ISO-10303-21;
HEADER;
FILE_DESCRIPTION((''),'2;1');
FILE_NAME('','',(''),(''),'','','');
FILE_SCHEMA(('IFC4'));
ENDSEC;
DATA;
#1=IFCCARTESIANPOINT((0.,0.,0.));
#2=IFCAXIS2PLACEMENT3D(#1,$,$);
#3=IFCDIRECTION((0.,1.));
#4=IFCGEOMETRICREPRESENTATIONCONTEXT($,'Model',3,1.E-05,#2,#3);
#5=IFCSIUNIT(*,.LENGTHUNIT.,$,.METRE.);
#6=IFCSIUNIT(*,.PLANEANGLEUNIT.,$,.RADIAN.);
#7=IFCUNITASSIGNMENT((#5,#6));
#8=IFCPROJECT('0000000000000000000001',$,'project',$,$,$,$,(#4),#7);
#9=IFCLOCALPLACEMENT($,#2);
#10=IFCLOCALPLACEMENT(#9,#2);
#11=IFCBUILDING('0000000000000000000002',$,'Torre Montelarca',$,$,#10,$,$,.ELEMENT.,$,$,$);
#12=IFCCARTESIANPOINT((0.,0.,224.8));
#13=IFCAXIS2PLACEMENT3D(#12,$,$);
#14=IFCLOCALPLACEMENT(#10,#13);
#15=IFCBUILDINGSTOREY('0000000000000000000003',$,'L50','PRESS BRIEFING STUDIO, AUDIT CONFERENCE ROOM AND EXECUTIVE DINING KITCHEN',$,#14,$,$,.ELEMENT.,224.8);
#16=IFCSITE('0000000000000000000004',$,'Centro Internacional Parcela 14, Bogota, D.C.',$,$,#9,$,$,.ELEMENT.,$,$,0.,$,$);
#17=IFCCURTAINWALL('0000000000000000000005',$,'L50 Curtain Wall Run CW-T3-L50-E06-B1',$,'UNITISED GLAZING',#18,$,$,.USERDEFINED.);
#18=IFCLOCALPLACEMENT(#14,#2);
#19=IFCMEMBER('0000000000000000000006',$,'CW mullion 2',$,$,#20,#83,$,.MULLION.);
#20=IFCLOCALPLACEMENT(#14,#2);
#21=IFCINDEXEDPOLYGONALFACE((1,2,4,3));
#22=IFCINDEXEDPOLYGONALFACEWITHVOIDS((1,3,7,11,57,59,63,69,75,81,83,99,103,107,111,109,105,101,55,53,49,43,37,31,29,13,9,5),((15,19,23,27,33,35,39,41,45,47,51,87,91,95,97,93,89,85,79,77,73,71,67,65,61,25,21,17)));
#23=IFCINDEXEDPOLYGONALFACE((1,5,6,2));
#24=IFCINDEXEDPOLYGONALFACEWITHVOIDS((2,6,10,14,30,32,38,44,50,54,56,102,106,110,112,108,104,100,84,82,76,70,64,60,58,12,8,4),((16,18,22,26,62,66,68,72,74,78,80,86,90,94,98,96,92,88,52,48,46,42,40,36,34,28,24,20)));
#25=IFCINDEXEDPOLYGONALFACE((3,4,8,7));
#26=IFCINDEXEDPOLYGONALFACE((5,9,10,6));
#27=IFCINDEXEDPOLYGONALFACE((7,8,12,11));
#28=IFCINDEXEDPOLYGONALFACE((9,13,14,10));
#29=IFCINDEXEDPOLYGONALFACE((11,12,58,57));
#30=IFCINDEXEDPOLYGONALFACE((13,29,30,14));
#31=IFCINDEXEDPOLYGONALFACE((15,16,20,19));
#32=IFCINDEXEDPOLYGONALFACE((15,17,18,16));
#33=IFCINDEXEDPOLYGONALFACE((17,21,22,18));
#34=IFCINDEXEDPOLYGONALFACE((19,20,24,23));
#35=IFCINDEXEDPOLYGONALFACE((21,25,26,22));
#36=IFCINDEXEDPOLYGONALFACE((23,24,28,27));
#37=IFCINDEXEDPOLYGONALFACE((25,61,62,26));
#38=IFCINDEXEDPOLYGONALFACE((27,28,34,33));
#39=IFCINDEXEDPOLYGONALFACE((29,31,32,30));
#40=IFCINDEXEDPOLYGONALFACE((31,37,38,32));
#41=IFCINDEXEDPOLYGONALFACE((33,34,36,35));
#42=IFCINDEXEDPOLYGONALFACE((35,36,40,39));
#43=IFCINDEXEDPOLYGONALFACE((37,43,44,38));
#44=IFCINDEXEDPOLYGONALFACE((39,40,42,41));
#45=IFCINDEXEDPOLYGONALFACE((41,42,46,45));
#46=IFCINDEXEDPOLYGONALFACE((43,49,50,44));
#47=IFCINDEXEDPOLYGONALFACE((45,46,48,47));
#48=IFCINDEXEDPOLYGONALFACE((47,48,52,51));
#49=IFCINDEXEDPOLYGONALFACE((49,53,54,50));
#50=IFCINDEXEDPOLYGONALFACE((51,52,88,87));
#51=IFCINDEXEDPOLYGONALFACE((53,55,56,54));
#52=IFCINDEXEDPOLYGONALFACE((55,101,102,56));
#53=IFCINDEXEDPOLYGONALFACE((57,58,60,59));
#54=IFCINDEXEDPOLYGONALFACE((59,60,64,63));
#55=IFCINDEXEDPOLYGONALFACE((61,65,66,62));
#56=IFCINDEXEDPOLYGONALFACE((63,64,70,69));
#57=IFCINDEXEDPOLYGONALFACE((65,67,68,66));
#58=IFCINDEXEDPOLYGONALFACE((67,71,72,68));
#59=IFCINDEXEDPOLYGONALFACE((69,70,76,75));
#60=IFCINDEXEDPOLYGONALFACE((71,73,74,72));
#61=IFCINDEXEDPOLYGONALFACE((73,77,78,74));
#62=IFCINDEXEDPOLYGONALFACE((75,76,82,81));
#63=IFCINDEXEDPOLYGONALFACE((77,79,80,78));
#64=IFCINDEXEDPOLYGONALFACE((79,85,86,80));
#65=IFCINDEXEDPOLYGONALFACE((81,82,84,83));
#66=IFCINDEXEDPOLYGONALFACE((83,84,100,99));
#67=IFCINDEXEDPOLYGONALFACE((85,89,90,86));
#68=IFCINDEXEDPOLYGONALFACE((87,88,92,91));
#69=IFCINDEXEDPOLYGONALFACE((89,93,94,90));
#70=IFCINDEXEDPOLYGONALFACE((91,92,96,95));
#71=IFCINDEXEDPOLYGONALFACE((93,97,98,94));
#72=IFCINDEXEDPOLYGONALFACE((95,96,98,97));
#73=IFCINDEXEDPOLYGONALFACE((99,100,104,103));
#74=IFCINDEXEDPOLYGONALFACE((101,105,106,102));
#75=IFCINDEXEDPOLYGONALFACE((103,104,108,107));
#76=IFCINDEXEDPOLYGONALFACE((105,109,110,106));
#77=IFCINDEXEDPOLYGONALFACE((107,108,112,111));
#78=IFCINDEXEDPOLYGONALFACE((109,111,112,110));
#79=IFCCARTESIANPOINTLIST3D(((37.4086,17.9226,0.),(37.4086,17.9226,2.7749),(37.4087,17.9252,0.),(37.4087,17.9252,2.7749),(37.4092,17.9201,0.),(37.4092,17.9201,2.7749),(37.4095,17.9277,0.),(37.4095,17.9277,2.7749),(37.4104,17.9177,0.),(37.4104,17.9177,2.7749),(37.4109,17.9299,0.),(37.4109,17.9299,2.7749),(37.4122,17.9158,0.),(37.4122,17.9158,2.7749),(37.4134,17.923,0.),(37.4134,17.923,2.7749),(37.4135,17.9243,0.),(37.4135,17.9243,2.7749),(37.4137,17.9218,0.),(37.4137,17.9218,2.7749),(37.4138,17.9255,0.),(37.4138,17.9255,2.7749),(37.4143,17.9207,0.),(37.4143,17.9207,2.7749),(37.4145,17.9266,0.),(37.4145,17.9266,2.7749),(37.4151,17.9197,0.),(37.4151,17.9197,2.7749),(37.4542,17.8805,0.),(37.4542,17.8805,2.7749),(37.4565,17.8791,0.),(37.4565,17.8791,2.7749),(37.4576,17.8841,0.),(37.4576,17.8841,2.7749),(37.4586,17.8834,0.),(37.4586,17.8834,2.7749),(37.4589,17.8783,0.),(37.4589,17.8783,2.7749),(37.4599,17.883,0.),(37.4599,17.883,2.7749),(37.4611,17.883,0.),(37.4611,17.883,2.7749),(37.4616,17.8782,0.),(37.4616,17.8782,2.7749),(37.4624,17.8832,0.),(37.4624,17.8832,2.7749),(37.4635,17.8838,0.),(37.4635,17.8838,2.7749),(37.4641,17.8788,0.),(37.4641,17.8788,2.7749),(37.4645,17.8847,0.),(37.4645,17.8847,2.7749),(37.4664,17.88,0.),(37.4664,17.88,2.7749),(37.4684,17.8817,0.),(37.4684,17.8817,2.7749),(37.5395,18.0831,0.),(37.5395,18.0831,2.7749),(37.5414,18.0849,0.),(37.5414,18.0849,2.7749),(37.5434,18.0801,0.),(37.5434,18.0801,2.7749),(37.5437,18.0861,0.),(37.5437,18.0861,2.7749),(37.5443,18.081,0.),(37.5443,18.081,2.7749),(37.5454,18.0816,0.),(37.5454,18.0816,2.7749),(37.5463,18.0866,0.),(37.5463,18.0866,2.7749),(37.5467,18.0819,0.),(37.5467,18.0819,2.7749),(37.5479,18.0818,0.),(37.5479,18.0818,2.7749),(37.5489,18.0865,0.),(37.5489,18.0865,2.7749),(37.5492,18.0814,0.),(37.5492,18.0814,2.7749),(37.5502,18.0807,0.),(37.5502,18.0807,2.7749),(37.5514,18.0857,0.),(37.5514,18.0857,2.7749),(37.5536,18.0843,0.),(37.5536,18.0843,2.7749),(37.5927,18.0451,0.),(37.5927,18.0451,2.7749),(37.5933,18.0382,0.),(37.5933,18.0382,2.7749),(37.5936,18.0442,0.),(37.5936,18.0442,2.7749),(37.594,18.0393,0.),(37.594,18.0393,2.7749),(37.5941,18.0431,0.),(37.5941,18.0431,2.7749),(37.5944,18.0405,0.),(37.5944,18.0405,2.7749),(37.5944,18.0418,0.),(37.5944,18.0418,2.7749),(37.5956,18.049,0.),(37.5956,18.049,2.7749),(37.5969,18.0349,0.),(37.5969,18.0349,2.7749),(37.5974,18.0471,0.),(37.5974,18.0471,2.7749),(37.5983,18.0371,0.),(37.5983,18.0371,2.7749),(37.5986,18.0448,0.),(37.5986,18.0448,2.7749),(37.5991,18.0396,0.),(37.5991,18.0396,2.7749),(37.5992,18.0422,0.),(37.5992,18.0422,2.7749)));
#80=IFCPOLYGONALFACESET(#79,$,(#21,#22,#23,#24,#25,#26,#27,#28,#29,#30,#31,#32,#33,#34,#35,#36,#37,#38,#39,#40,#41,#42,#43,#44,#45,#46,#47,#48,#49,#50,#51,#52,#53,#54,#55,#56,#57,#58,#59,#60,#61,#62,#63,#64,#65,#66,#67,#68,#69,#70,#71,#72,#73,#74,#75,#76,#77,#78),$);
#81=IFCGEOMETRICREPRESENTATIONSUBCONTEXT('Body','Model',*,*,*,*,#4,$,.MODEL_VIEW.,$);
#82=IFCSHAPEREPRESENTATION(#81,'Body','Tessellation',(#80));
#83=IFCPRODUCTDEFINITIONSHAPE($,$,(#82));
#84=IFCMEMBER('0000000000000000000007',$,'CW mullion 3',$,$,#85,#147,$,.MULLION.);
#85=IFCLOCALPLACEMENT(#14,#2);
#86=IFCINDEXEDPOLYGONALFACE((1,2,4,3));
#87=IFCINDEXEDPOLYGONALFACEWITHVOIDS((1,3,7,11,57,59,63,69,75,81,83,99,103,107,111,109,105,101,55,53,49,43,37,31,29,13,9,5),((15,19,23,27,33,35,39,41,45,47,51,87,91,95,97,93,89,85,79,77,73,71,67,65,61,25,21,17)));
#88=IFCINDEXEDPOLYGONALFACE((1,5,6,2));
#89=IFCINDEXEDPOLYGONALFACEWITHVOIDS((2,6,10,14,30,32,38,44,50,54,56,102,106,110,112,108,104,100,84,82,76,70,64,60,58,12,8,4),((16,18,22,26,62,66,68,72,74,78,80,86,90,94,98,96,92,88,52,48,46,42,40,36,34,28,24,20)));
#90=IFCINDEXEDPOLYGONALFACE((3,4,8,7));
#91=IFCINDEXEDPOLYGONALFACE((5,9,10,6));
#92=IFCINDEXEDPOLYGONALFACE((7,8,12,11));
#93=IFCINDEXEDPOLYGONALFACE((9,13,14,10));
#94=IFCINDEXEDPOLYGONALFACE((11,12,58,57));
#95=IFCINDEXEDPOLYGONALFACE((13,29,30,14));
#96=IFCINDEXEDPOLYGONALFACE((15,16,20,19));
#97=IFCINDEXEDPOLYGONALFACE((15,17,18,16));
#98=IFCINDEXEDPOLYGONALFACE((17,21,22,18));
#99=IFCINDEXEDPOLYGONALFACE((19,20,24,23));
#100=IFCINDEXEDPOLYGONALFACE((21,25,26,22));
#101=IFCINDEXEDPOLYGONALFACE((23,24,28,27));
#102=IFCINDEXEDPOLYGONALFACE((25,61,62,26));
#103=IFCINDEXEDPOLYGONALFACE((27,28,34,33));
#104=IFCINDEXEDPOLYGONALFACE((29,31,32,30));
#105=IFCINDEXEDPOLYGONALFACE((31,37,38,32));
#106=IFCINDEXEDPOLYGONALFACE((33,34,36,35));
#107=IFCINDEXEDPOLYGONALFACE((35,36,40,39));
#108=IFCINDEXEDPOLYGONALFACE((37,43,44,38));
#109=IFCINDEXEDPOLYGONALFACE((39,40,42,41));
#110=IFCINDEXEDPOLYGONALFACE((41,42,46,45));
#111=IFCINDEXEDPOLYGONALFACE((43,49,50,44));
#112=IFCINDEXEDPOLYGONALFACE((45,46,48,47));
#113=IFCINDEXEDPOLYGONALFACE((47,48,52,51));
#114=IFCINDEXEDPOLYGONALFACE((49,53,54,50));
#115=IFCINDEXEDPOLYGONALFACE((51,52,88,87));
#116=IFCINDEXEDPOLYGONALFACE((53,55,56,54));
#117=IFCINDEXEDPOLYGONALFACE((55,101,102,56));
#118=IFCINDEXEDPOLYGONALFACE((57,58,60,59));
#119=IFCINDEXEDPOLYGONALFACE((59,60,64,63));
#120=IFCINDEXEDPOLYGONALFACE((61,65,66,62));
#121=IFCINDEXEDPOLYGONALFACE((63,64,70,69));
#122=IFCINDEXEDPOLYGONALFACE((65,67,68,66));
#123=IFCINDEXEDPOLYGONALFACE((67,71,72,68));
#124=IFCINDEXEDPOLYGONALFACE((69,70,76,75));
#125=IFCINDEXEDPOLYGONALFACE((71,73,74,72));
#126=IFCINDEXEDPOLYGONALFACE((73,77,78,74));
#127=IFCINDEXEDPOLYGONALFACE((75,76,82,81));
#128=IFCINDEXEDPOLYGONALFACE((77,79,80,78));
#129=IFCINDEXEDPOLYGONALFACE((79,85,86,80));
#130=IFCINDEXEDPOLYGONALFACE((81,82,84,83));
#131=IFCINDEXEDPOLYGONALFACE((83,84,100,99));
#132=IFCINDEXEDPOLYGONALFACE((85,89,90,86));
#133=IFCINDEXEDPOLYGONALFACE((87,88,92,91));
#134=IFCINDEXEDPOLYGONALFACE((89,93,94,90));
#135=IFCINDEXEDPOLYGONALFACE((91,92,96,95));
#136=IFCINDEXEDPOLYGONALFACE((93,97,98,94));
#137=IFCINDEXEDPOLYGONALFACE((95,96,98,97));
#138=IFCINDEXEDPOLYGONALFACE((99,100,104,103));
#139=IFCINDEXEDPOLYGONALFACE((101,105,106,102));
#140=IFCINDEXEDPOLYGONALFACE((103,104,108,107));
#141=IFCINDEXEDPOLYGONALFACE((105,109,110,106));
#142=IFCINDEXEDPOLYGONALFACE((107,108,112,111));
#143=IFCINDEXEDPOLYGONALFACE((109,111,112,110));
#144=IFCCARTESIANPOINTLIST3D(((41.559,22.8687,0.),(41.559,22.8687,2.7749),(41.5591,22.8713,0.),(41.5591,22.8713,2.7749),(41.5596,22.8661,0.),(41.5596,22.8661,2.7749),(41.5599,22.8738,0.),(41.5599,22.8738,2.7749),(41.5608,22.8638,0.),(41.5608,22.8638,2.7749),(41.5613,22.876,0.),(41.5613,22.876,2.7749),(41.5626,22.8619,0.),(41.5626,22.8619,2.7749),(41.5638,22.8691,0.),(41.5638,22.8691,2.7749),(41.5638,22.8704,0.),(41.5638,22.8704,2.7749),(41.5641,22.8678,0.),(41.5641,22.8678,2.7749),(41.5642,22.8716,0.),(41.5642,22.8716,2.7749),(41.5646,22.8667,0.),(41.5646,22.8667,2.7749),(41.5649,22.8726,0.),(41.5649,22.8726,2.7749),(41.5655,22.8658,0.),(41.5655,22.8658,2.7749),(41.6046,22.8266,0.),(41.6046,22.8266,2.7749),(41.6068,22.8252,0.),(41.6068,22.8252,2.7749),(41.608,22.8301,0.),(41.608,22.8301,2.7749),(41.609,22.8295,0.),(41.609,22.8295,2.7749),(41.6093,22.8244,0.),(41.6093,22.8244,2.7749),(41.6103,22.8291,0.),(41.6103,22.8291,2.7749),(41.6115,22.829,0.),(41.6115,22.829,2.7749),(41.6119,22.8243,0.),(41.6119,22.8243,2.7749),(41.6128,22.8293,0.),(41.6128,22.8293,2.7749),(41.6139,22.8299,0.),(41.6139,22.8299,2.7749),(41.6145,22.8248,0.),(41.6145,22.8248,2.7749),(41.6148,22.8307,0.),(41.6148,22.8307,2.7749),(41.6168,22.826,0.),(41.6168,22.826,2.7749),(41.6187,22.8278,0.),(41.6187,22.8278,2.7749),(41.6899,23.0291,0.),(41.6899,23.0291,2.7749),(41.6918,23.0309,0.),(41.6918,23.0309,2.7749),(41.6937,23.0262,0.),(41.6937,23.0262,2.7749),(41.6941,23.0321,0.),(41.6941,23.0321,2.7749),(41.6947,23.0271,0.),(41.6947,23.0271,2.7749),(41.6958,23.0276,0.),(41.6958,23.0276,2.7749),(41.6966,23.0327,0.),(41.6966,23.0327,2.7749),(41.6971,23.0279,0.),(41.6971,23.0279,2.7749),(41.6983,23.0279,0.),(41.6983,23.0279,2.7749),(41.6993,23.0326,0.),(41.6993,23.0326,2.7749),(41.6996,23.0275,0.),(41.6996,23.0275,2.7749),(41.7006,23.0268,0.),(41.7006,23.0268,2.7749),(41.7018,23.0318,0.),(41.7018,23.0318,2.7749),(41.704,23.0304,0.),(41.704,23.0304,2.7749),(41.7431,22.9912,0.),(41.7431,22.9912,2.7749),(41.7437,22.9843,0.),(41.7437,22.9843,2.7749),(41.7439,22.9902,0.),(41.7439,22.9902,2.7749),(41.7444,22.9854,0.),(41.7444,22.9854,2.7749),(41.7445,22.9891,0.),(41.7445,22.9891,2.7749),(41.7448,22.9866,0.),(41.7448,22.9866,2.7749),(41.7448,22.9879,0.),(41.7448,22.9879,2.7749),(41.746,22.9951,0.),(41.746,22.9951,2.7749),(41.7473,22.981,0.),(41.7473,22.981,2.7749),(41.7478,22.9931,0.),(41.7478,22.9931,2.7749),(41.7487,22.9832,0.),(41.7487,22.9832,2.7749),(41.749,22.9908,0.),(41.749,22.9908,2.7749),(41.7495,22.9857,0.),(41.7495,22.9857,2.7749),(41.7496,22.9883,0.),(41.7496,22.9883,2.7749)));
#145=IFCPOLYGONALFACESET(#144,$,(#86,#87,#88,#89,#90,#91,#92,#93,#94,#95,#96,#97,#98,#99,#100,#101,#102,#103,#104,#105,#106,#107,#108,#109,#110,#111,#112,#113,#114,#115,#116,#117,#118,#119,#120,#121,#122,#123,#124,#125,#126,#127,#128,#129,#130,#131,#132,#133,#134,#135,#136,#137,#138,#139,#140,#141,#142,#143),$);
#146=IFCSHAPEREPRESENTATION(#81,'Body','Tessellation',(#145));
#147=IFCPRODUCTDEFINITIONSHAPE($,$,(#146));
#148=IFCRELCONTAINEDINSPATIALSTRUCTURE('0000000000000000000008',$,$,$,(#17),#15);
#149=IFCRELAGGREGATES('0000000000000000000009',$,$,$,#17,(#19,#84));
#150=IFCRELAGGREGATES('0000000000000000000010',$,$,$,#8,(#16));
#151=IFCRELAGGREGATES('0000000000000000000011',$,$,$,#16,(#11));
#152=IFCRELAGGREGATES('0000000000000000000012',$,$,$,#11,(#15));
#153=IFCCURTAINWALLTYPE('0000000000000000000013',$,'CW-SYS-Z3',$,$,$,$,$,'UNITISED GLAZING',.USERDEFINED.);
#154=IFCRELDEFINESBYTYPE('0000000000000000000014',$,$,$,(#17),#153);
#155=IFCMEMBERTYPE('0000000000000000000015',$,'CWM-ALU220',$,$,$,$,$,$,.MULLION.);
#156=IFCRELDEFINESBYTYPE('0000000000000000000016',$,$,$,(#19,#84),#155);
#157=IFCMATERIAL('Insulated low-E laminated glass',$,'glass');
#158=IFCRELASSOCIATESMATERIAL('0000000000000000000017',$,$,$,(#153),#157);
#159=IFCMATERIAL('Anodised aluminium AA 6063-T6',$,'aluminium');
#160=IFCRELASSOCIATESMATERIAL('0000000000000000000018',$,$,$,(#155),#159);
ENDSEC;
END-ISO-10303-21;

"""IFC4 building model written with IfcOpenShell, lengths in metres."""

from ifc_helpers import new_model, si_unit, direction, frame, origin, origin_2d, place, context, subcontext, project, spatial, hollow_rectangle, extrude, source, transform, mapped, material, material_profile, profile_set, type_object, element, aggregate, save


model = new_model("IFC4")

# Units and contexts
model_context = context("Model", 3, precision=1e-05, world=origin(), true_north=direction((0.0, 1.0)))
body_context = subcontext(model_context, "Body", "Model", "MODEL_VIEW")
ifc_project = project(units=[si_unit("LENGTHUNIT", "METRE"), si_unit("PLANEANGLEUNIT", "RADIAN")], contexts=[model_context])

# Site, building, storey
site_placement = place(None, origin())
site = spatial("IfcSite", under=ifc_project, at=site_placement, Name="Centro Internacional Parcela 14, Bogota, D.C.", CompositionType="ELEMENT", RefElevation=0.0)
building_placement = place(site_placement, origin())
building = spatial("IfcBuilding", under=site, at=building_placement, Name="Torre Montelarca", CompositionType="ELEMENT")
storey_placement = place(building_placement, frame((0.0, 0.0, 224.8)))
storey = spatial("IfcBuildingStorey", under=building, at=storey_placement, Name="L50", Description="PRESS BRIEFING STUDIO, AUDIT CONFERENCE ROOM AND EXECUTIVE DINING KITCHEN", CompositionType="ELEMENT", Elevation=224.8)

# Curtain wall, members
ifc_material_1 = material(Name="Insulated low-E laminated glass", Category="glass")
curtain_wall_type = type_object("IfcCurtainWallType", Name="CW-SYS-Z3", ElementType="UNITISED GLAZING", PredefinedType="USERDEFINED", material=ifc_material_1)
ifc_material_2 = material(Name="Anodised aluminium AA 6063-T6", Category="aluminium")
ifc_material_profile_1 = material_profile(ifc_material_2, hollow_rectangle(XDim=0.075, YDim=0.22, WallThickness=0.0049, InnerFilletRadius=0.0049, OuterFilletRadius=0.01, at=origin_2d()), Name="ALU75X220X5", Category="aluminium")
ifc_profile_set_1 = profile_set([ifc_material_profile_1], Name="Anodised aluminium AA 6063-T6")
member_type_1 = type_object("IfcMemberType", Name="CWM-ALU220", PredefinedType="MULLION", material=ifc_profile_set_1)
curtain_wall_1_placement = place(storey_placement, origin())
curtain_wall_1 = element("IfcCurtainWall", 1, at=curtain_wall_1_placement, inside=storey, type_object=curtain_wall_type, Name="L50 Curtain Wall Run CW-T3-L50-E06-B1", ObjectType="UNITISED GLAZING", PredefinedType="USERDEFINED")
shared_shape_1 = source(origin(), body_context, "Body", "SweptSolid", [
    extrude(hollow_rectangle(XDim=0.075, YDim=0.22, WallThickness=0.0049, InnerFilletRadius=0.0049, OuterFilletRadius=0.01, at=origin_2d()), origin(), (0.0, 0.0, 1.0), 2.7749),
])
member_1_placement = place(storey_placement, frame((37.5039, 17.9824, 0.0), z_axis=(0.0, 0.0, 1.0), x_axis=(-0.766041, 0.642791, 0.0)))
member_1 = element("IfcMember", 2, at=member_1_placement, type_object=member_type_1, Name="CW mullion 2", PredefinedType="MULLION", context=body_context, shape_type="MappedRepresentation", body=[
    mapped(shared_shape_1, transform((0.0, 0.0, 0.0), scale=1.0)),
])
member_2_placement = place(storey_placement, frame((41.6543, 22.9285, 0.0), z_axis=(0.0, 0.0, 1.0), x_axis=(-0.766041, 0.642791, 0.0)))
member_2 = element("IfcMember", 3, at=member_2_placement, type_object=member_type_1, Name="CW mullion 3", PredefinedType="MULLION", context=body_context, shape_type="MappedRepresentation", body=[
    mapped(shared_shape_1, transform((0.0, 0.0, 0.0), scale=1.0)),
])

aggregate(curtain_wall_1, [member_1, member_2])

save(model, "model.ifc")
